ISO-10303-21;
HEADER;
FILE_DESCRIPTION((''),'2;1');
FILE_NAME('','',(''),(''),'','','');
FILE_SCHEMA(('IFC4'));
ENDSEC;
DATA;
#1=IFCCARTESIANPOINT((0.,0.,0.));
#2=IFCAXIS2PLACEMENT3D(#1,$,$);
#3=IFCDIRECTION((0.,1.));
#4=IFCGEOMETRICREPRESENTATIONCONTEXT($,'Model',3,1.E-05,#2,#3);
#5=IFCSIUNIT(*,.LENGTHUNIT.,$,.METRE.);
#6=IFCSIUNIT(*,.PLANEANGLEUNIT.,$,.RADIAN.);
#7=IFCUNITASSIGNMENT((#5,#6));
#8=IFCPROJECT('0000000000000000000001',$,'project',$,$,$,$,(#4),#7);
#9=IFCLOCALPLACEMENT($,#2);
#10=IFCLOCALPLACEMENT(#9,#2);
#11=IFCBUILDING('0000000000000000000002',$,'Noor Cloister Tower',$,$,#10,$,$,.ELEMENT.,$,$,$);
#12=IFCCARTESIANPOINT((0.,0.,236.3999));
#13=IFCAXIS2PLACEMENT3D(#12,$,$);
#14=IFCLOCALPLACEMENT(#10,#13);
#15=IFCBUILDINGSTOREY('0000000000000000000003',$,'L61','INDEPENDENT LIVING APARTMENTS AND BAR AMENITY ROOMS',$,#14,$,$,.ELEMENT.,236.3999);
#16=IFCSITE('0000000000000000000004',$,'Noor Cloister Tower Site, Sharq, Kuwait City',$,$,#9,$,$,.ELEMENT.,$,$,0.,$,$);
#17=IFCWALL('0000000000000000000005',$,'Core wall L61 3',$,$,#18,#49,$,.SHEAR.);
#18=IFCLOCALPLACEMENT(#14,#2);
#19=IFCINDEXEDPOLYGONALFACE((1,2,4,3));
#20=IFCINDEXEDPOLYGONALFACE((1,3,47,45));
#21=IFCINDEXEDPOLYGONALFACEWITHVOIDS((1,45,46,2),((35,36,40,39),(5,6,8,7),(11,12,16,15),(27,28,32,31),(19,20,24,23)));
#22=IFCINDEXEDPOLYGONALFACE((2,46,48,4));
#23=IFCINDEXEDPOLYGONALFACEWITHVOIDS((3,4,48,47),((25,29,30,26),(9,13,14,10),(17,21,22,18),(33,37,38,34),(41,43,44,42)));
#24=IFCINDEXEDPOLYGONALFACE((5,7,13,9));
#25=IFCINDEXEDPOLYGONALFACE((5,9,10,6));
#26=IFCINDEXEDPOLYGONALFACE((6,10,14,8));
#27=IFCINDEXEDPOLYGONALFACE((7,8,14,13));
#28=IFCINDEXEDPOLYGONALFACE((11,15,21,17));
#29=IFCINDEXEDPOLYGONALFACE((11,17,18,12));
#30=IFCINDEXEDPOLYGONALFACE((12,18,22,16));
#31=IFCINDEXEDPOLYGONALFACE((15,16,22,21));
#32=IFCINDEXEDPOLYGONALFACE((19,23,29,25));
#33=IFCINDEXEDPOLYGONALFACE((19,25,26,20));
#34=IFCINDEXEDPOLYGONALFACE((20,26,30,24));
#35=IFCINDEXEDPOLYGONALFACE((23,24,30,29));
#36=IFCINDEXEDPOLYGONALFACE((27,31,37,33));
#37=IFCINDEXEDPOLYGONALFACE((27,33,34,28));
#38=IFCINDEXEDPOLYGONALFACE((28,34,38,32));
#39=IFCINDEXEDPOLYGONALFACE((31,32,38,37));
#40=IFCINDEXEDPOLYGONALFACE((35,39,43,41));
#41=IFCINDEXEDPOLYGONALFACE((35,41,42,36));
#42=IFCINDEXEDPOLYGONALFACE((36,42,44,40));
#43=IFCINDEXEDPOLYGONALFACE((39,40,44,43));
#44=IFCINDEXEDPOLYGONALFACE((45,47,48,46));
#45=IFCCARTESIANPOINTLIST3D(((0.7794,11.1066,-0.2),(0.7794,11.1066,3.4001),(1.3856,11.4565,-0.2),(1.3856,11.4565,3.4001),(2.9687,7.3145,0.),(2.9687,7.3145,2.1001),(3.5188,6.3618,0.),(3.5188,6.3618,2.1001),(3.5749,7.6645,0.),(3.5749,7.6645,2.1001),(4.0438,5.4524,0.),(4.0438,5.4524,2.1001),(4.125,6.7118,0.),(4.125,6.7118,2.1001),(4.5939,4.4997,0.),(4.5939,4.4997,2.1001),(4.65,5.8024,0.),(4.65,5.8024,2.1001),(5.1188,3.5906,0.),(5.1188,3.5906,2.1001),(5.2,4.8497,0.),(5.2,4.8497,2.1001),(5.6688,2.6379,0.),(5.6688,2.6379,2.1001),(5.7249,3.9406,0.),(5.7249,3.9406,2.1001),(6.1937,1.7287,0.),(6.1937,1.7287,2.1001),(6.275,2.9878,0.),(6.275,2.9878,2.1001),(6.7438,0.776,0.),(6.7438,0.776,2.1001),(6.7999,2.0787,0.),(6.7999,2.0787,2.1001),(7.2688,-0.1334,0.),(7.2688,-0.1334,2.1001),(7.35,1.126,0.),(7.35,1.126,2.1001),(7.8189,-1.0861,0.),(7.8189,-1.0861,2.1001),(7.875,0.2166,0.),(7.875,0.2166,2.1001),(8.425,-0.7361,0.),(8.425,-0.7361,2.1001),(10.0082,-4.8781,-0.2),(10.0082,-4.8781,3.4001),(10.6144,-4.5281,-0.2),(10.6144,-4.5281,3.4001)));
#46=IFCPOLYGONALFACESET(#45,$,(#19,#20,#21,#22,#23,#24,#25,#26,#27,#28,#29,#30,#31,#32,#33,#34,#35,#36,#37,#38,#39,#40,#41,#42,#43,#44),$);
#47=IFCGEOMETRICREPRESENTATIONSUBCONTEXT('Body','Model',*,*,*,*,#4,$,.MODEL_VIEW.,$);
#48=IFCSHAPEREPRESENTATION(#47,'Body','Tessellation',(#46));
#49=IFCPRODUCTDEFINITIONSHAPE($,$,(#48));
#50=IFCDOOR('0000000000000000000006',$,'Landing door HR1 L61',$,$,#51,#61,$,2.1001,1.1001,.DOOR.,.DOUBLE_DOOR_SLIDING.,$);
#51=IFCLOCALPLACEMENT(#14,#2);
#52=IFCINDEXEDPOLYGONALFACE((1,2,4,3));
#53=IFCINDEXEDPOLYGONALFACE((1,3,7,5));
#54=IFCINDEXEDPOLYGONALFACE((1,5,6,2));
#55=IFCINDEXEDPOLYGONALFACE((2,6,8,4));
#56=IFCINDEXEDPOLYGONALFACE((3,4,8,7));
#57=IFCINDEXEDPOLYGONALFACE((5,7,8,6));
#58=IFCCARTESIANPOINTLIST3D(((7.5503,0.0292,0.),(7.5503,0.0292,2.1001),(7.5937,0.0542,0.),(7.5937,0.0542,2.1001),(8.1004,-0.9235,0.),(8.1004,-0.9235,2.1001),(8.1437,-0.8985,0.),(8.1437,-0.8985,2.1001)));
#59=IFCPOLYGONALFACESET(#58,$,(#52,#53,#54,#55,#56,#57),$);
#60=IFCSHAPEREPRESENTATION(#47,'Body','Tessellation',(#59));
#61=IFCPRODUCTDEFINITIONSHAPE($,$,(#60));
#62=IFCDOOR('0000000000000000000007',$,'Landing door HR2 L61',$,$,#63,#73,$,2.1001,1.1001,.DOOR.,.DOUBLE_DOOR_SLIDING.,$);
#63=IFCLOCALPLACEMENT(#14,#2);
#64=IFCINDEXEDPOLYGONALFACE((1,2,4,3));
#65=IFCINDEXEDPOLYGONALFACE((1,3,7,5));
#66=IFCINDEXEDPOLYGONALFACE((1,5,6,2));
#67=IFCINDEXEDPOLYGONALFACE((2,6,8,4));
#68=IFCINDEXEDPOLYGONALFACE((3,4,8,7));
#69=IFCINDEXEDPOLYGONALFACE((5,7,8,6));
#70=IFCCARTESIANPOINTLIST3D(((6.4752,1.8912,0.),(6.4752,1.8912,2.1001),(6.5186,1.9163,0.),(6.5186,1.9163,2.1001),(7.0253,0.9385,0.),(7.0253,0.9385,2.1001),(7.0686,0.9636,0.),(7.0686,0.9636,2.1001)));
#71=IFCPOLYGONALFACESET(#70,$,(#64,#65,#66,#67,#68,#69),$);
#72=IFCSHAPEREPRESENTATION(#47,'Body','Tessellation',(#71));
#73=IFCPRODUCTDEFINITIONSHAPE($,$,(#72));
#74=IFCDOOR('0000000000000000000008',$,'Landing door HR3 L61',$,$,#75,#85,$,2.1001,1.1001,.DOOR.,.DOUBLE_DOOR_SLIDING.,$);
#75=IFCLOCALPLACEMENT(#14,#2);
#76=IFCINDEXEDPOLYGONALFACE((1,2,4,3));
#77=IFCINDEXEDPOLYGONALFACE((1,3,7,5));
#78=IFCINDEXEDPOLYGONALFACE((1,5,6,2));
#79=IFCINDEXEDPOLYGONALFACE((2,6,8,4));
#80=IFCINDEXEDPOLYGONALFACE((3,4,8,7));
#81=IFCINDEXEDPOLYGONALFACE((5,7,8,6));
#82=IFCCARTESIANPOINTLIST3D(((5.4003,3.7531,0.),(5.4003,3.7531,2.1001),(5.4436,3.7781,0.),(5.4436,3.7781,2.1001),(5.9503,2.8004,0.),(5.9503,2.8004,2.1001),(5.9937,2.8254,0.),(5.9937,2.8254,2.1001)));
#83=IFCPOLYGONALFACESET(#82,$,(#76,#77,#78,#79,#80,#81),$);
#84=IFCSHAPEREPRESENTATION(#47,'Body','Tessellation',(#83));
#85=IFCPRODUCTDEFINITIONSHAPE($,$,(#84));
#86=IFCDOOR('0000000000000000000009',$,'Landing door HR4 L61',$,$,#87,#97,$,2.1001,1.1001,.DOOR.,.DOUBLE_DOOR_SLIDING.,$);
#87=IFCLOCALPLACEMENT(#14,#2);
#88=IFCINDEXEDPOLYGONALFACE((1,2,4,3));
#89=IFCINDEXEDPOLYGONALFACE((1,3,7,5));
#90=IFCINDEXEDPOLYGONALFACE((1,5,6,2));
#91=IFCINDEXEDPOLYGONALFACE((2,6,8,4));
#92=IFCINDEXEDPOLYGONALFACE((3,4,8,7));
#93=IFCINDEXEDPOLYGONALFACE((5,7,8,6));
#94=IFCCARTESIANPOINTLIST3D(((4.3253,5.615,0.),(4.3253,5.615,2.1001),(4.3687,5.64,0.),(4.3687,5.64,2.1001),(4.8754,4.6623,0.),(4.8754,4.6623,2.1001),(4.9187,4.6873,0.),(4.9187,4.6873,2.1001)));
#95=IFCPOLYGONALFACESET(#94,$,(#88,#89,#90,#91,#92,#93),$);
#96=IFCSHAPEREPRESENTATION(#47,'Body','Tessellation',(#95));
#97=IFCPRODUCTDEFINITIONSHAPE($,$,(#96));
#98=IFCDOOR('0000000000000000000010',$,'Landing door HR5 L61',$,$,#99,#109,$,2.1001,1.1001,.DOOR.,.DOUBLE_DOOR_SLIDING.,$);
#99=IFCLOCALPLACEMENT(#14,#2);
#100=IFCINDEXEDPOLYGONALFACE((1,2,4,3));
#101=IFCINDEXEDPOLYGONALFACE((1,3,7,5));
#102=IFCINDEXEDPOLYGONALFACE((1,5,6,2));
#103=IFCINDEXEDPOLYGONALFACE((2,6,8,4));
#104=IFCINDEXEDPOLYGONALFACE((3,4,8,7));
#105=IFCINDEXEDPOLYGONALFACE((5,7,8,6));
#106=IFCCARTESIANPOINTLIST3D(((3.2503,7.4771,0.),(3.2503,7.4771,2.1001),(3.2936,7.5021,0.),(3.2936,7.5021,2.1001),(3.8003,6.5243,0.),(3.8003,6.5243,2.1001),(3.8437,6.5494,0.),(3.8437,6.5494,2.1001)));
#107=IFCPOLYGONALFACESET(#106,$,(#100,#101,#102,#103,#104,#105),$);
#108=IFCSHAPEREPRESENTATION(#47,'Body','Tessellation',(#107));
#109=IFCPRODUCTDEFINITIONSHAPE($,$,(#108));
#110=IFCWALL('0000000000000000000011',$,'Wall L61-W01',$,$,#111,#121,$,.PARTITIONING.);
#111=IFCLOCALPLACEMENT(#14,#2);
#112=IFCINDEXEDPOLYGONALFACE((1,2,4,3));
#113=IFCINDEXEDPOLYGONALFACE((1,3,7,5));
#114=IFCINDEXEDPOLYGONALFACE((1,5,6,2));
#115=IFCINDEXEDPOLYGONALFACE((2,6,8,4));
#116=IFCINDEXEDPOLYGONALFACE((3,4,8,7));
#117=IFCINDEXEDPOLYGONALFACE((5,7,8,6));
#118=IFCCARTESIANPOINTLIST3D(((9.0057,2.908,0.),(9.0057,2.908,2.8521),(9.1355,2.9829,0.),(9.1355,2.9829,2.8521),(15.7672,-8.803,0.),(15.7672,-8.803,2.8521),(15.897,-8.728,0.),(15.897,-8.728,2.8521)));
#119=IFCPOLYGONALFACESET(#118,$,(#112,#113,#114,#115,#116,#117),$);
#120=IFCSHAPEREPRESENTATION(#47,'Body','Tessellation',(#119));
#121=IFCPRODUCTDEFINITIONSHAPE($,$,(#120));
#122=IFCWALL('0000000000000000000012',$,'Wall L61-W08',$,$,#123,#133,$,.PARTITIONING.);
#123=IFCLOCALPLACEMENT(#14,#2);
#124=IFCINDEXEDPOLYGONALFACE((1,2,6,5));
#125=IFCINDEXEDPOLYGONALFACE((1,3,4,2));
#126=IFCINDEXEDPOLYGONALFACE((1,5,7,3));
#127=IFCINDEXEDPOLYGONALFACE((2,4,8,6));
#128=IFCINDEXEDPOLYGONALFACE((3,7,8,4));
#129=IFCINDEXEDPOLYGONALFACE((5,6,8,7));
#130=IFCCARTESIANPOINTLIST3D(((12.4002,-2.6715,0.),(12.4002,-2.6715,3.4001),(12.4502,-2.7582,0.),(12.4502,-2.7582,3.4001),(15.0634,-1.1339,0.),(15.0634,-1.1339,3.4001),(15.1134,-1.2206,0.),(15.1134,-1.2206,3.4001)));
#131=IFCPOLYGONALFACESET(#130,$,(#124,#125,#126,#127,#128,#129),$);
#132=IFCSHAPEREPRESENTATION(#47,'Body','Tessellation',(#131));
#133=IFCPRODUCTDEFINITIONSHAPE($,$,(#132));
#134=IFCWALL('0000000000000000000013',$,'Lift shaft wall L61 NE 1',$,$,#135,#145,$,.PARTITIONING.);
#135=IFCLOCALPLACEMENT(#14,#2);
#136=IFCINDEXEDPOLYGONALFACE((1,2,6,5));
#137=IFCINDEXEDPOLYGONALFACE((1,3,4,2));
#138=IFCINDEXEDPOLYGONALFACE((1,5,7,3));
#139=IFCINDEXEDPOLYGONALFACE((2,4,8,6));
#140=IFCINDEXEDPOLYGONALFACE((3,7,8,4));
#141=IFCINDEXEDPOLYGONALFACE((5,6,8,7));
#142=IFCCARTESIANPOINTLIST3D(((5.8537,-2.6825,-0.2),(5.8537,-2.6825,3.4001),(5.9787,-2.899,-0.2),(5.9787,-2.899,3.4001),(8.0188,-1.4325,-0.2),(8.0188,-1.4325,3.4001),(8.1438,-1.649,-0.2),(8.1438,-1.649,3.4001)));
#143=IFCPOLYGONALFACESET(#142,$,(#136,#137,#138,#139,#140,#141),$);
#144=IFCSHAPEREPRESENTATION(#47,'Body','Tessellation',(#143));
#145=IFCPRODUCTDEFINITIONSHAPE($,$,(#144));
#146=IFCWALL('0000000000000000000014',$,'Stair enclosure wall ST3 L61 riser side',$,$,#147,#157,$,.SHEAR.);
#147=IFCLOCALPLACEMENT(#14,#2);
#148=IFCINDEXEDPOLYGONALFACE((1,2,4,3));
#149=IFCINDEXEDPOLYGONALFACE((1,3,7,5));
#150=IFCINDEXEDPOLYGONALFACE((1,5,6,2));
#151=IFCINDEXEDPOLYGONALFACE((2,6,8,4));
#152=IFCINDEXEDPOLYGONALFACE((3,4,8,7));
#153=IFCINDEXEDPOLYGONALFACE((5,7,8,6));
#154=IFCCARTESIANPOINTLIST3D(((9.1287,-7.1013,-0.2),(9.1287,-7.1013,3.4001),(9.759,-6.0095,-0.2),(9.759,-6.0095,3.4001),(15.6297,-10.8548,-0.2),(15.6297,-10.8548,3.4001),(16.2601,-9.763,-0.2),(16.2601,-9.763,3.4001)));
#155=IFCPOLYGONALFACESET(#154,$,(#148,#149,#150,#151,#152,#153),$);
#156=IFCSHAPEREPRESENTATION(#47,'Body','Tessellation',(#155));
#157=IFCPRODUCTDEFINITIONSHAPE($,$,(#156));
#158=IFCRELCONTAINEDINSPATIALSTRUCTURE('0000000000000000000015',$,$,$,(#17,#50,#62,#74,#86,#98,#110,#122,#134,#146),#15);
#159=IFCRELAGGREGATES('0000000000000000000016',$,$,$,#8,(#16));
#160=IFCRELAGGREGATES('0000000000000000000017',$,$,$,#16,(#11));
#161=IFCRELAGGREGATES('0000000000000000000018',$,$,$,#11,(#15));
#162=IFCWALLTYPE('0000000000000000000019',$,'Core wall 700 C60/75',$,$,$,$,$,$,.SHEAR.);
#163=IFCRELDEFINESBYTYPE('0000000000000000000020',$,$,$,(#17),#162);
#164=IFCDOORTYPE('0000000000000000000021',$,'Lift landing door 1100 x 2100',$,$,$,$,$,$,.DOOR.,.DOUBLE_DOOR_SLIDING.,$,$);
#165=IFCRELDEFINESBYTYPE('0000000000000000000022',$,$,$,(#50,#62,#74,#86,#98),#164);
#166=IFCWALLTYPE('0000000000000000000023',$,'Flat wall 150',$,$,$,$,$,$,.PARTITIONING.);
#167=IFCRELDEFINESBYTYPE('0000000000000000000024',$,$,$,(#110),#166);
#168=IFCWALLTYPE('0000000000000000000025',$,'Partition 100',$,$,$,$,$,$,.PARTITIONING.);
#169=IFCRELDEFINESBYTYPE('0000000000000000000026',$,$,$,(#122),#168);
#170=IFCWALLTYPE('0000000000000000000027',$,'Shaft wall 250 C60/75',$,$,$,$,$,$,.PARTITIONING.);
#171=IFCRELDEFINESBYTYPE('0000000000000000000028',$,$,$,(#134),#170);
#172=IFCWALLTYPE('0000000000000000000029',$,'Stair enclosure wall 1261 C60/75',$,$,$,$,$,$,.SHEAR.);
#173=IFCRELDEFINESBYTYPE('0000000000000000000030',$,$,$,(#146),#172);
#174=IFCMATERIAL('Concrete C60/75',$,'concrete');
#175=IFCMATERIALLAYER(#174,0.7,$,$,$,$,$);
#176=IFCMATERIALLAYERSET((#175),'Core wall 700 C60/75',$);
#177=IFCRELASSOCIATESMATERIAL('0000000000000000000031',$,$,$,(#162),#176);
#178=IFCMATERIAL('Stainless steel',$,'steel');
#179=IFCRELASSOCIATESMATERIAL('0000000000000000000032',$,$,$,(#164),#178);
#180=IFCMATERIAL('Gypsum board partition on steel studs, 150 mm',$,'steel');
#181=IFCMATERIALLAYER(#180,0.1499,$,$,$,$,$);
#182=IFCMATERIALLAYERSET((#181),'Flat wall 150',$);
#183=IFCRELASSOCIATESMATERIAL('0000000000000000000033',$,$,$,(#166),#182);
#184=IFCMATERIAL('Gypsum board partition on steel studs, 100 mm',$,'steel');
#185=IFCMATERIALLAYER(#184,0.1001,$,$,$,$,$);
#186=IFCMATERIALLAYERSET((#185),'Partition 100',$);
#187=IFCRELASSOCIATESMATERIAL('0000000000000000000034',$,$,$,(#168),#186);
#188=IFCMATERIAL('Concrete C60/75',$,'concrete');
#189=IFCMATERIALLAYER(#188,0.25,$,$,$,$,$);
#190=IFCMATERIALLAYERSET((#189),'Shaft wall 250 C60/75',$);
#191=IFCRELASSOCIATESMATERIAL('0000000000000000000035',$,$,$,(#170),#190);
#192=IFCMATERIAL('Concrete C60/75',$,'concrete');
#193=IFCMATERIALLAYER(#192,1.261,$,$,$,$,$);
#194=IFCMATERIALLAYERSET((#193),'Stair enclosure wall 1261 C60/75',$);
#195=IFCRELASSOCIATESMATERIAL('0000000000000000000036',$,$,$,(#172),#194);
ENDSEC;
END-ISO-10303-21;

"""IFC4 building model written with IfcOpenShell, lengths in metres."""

from ifc_helpers import new_model, si_unit, direction, frame, frame_2d, origin, place, context, subcontext, project, spatial, rectangle, extrude, material, layer, layer_set, type_object, element, fill, save


model = new_model("IFC4")

# Units and contexts
model_context = context("Model", 3, precision=1e-05, world=origin(), true_north=direction((0.0, 1.0)))
body_context = subcontext(model_context, "Body", "Model", "MODEL_VIEW")
ifc_project = project(units=[si_unit("LENGTHUNIT", "METRE"), si_unit("PLANEANGLEUNIT", "RADIAN")], contexts=[model_context])

# Site, building, storey
site_placement = place(None, origin())
site = spatial("IfcSite", under=ifc_project, at=site_placement, Name="Noor Cloister Tower Site, Sharq, Kuwait City", CompositionType="ELEMENT", RefElevation=0.0)
building_placement = place(site_placement, origin())
building = spatial("IfcBuilding", under=site, at=building_placement, Name="Noor Cloister Tower", CompositionType="ELEMENT")
storey_placement = place(building_placement, frame((0.0, 0.0, 236.3999)))
storey = spatial("IfcBuildingStorey", under=building, at=storey_placement, Name="L61", Description="INDEPENDENT LIVING APARTMENTS AND BAR AMENITY ROOMS", CompositionType="ELEMENT", Elevation=236.3999)

# Shared definitions
ifc_material_1 = material(Name="Concrete C60/75", Category="concrete")
ifc_layer_1 = layer(ifc_material_1, 0.7)
ifc_layer_set_1 = layer_set([ifc_layer_1], Name="Core wall 700 C60/75")
wall_type_1 = type_object("IfcWallType", Name="Core wall 700 C60/75", PredefinedType="SHEAR", material=ifc_layer_set_1)

# Wall, openings, doors
wall_1_placement = place(storey_placement, frame((10.3113, -4.7031, -0.2), z_axis=(0.0, 0.0, 1.0), x_axis=(-0.500001, 0.866025, 0.0)))
wall_1 = element("IfcWall", 1, at=wall_1_placement, inside=storey, type_object=wall_type_1, Name="Core wall L61 3", PredefinedType="SHEAR", context=body_context, shape_type="SweptSolid", body=[
    extrude(rectangle(XDim=18.4575, YDim=0.7, at=frame_2d((9.2288, 0.0))), origin(), (0.0, 0.0, 1.0), 3.6001),
])
opening_1_placement = place(wall_1_placement, frame((4.3787, 0.0, 0.2)))
opening_1 = element("IfcOpeningElement", 2, at=opening_1_placement, cuts=wall_1, PredefinedType="OPENING", context=body_context, shape_type="SweptSolid", body=[
    extrude(rectangle(XDim=1.1001, YDim=2.1001, at=frame_2d((0.55, 1.05))), frame((0.0, 0.3599, 0.0), z_axis=(0.0, -1.0, 0.0), x_axis=(1.0, 0.0, 0.0)), (0.0, 0.0, 1.0), 0.72),
])
opening_2_placement = place(wall_1_placement, frame((6.5288, 0.0, 0.2)))
opening_2 = element("IfcOpeningElement", 3, at=opening_2_placement, cuts=wall_1, PredefinedType="OPENING", context=body_context, shape_type="SweptSolid", body=[
    extrude(rectangle(XDim=1.1001, YDim=2.1001, at=frame_2d((0.55, 1.05))), frame((0.0, 0.3599, 0.0), z_axis=(0.0, -1.0, 0.0), x_axis=(1.0, 0.0, 0.0)), (0.0, 0.0, 1.0), 0.72),
])
opening_3_placement = place(wall_1_placement, frame((8.6787, 0.0, 0.2)))
opening_3 = element("IfcOpeningElement", 4, at=opening_3_placement, cuts=wall_1, PredefinedType="OPENING", context=body_context, shape_type="SweptSolid", body=[
    extrude(rectangle(XDim=1.1001, YDim=2.1001, at=frame_2d((0.55, 1.05))), frame((0.0, 0.3599, 0.0), z_axis=(0.0, -1.0, 0.0), x_axis=(1.0, 0.0, 0.0)), (0.0, 0.0, 1.0), 0.72),
])
opening_4_placement = place(wall_1_placement, frame((10.8286, 0.0, 0.2)))
opening_4 = element("IfcOpeningElement", 5, at=opening_4_placement, cuts=wall_1, PredefinedType="OPENING", context=body_context, shape_type="SweptSolid", body=[
    extrude(rectangle(XDim=1.1001, YDim=2.1001, at=frame_2d((0.55, 1.05))), frame((0.0, 0.3599, 0.0), z_axis=(0.0, -1.0, 0.0), x_axis=(1.0, 0.0, 0.0)), (0.0, 0.0, 1.0), 0.72),
])
opening_5_placement = place(wall_1_placement, frame((12.9788, 0.0, 0.2)))
opening_5 = element("IfcOpeningElement", 6, at=opening_5_placement, cuts=wall_1, PredefinedType="OPENING", context=body_context, shape_type="SweptSolid", body=[
    extrude(rectangle(XDim=1.1001, YDim=2.1001, at=frame_2d((0.55, 1.05))), frame((0.0, 0.3599, 0.0), z_axis=(0.0, -1.0, 0.0), x_axis=(1.0, 0.0, 0.0)), (0.0, 0.0, 1.0), 0.72),
])
ifc_material_2 = material(Name="Stainless steel", Category="steel")
door_type_1 = type_object("IfcDoorType", Name="Lift landing door 1100 x 2100", OperationType="DOUBLE_DOOR_SLIDING", PredefinedType="DOOR", material=ifc_material_2)
door_1_placement = place(opening_1_placement, origin())
door_1 = element("IfcDoor", 7, at=door_1_placement, inside=storey, type_object=door_type_1, Name="Landing door HR1 L61", OperationType="DOUBLE_DOOR_SLIDING", OverallHeight=2.1001, OverallWidth=1.1001, PredefinedType="DOOR", context=body_context, shape_type="SweptSolid", body=[
    extrude(rectangle(XDim=1.1001, YDim=2.1001, at=frame_2d((0.55, 1.05))), frame((0.0, 0.0249, 0.0), z_axis=(0.0, -1.0, 0.0), x_axis=(1.0, 0.0, 0.0)), (0.0, 0.0, 1.0), 0.05),
])
fill(opening_1, door_1)
door_2_placement = place(opening_2_placement, origin())
door_2 = element("IfcDoor", 8, at=door_2_placement, inside=storey, type_object=door_type_1, Name="Landing door HR2 L61", OperationType="DOUBLE_DOOR_SLIDING", OverallHeight=2.1001, OverallWidth=1.1001, PredefinedType="DOOR", context=body_context, shape_type="SweptSolid", body=[
    extrude(rectangle(XDim=1.1001, YDim=2.1001, at=frame_2d((0.55, 1.05))), frame((0.0, 0.0249, 0.0), z_axis=(0.0, -1.0, 0.0), x_axis=(1.0, 0.0, 0.0)), (0.0, 0.0, 1.0), 0.05),
])
fill(opening_2, door_2)
door_3_placement = place(opening_3_placement, origin())
door_3 = element("IfcDoor", 9, at=door_3_placement, inside=storey, type_object=door_type_1, Name="Landing door HR3 L61", OperationType="DOUBLE_DOOR_SLIDING", OverallHeight=2.1001, OverallWidth=1.1001, PredefinedType="DOOR", context=body_context, shape_type="SweptSolid", body=[
    extrude(rectangle(XDim=1.1001, YDim=2.1001, at=frame_2d((0.55, 1.05))), frame((0.0, 0.0249, 0.0), z_axis=(0.0, -1.0, 0.0), x_axis=(1.0, 0.0, 0.0)), (0.0, 0.0, 1.0), 0.05),
])
fill(opening_3, door_3)
door_4_placement = place(opening_4_placement, origin())
door_4 = element("IfcDoor", 10, at=door_4_placement, inside=storey, type_object=door_type_1, Name="Landing door HR4 L61", OperationType="DOUBLE_DOOR_SLIDING", OverallHeight=2.1001, OverallWidth=1.1001, PredefinedType="DOOR", context=body_context, shape_type="SweptSolid", body=[
    extrude(rectangle(XDim=1.1001, YDim=2.1001, at=frame_2d((0.55, 1.05))), frame((0.0, 0.0249, 0.0), z_axis=(0.0, -1.0, 0.0), x_axis=(1.0, 0.0, 0.0)), (0.0, 0.0, 1.0), 0.05),
])
fill(opening_4, door_4)
door_5_placement = place(opening_5_placement, origin())
door_5 = element("IfcDoor", 11, at=door_5_placement, inside=storey, type_object=door_type_1, Name="Landing door HR5 L61", OperationType="DOUBLE_DOOR_SLIDING", OverallHeight=2.1001, OverallWidth=1.1001, PredefinedType="DOOR", context=body_context, shape_type="SweptSolid", body=[
    extrude(rectangle(XDim=1.1001, YDim=2.1001, at=frame_2d((0.55, 1.05))), frame((0.0, 0.0249, 0.0), z_axis=(0.0, -1.0, 0.0), x_axis=(1.0, 0.0, 0.0)), (0.0, 0.0, 1.0), 0.05),
])
fill(opening_5, door_5)

# Walls
ifc_material_3 = material(Name="Gypsum board partition on steel studs, 150 mm", Category="steel")
ifc_layer_2 = layer(ifc_material_3, 0.1499)
ifc_layer_set_2 = layer_set([ifc_layer_2], Name="Flat wall 150")
wall_type_2 = type_object("IfcWallType", Name="Flat wall 150", PredefinedType="PARTITIONING", material=ifc_layer_set_2)
wall_2_placement = place(storey_placement, frame((15.832, -8.7654, 0.0), z_axis=(0.0, 0.0, 1.0), x_axis=(-0.500009, 0.86602, 0.0)))
element("IfcWall", 12, at=wall_2_placement, inside=storey, type_object=wall_type_2, Name="Wall L61-W01", PredefinedType="PARTITIONING", context=body_context, shape_type="SweptSolid", body=[
    extrude(rectangle(XDim=13.5227, YDim=0.1499, at=frame_2d((6.7612, 0.0))), origin(), (0.0, 0.0, 1.0), 2.8521),
])
ifc_material_4 = material(Name="Gypsum board partition on steel studs, 100 mm", Category="steel")
ifc_layer_3 = layer(ifc_material_4, 0.1001)
ifc_layer_set_3 = layer_set([ifc_layer_3], Name="Partition 100")
wall_type_3 = type_object("IfcWallType", Name="Partition 100", PredefinedType="PARTITIONING", material=ifc_layer_set_3)
wall_3_placement = place(storey_placement, frame((15.0884, -1.1772, 0.0), z_axis=(0.0, 0.0, 1.0), x_axis=(-0.866016, -0.500016, 0.0)))
element("IfcWall", 13, at=wall_3_placement, inside=storey, type_object=wall_type_3, Name="Wall L61-W08", PredefinedType="PARTITIONING", context=body_context, shape_type="SweptSolid", body=[
    extrude(rectangle(XDim=3.0752, YDim=0.1001, at=frame_2d((1.5376, 0.0))), origin(), (0.0, 0.0, 1.0), 3.4001),
])
ifc_material_5 = material(Name="Concrete C60/75", Category="concrete")
ifc_layer_4 = layer(ifc_material_5, 0.25)
ifc_layer_set_4 = layer_set([ifc_layer_4], Name="Shaft wall 250 C60/75")
wall_type_4 = type_object("IfcWallType", Name="Shaft wall 250 C60/75", PredefinedType="PARTITIONING", material=ifc_layer_set_4)
wall_4_placement = place(storey_placement, frame((8.0813, -1.5408, -0.2), z_axis=(0.0, 0.0, 1.0), x_axis=(-0.866023, -0.500004, 0.0)))
element("IfcWall", 14, at=wall_4_placement, inside=storey, type_object=wall_type_4, Name="Lift shaft wall L61 NE 1", PredefinedType="PARTITIONING", context=body_context, shape_type="SweptSolid", body=[
    extrude(rectangle(XDim=2.5, YDim=0.25, at=frame_2d((1.25, 0.0))), origin(), (0.0, 0.0, 1.0), 3.6001),
])
ifc_material_6 = material(Name="Concrete C60/75", Category="concrete")
ifc_layer_5 = layer(ifc_material_6, 1.261)
ifc_layer_set_5 = layer_set([ifc_layer_5], Name="Stair enclosure wall 1261 C60/75")
wall_type_5 = type_object("IfcWallType", Name="Stair enclosure wall 1261 C60/75", PredefinedType="SHEAR", material=ifc_layer_set_5)
wall_5_placement = place(storey_placement, frame((9.4438, -6.5554, -0.2), z_axis=(0.0, 0.0, 1.0), x_axis=(0.866021, -0.500008, 0.0)))
element("IfcWall", 15, at=wall_5_placement, inside=storey, type_object=wall_type_5, Name="Stair enclosure wall ST3 L61 riser side", PredefinedType="SHEAR", context=body_context, shape_type="SweptSolid", body=[
    extrude(rectangle(XDim=7.5068, YDim=1.2607, at=frame_2d((3.7534, 0.0))), origin(), (0.0, 0.0, 1.0), 3.6001),
])

save(model, "model.ifc")
